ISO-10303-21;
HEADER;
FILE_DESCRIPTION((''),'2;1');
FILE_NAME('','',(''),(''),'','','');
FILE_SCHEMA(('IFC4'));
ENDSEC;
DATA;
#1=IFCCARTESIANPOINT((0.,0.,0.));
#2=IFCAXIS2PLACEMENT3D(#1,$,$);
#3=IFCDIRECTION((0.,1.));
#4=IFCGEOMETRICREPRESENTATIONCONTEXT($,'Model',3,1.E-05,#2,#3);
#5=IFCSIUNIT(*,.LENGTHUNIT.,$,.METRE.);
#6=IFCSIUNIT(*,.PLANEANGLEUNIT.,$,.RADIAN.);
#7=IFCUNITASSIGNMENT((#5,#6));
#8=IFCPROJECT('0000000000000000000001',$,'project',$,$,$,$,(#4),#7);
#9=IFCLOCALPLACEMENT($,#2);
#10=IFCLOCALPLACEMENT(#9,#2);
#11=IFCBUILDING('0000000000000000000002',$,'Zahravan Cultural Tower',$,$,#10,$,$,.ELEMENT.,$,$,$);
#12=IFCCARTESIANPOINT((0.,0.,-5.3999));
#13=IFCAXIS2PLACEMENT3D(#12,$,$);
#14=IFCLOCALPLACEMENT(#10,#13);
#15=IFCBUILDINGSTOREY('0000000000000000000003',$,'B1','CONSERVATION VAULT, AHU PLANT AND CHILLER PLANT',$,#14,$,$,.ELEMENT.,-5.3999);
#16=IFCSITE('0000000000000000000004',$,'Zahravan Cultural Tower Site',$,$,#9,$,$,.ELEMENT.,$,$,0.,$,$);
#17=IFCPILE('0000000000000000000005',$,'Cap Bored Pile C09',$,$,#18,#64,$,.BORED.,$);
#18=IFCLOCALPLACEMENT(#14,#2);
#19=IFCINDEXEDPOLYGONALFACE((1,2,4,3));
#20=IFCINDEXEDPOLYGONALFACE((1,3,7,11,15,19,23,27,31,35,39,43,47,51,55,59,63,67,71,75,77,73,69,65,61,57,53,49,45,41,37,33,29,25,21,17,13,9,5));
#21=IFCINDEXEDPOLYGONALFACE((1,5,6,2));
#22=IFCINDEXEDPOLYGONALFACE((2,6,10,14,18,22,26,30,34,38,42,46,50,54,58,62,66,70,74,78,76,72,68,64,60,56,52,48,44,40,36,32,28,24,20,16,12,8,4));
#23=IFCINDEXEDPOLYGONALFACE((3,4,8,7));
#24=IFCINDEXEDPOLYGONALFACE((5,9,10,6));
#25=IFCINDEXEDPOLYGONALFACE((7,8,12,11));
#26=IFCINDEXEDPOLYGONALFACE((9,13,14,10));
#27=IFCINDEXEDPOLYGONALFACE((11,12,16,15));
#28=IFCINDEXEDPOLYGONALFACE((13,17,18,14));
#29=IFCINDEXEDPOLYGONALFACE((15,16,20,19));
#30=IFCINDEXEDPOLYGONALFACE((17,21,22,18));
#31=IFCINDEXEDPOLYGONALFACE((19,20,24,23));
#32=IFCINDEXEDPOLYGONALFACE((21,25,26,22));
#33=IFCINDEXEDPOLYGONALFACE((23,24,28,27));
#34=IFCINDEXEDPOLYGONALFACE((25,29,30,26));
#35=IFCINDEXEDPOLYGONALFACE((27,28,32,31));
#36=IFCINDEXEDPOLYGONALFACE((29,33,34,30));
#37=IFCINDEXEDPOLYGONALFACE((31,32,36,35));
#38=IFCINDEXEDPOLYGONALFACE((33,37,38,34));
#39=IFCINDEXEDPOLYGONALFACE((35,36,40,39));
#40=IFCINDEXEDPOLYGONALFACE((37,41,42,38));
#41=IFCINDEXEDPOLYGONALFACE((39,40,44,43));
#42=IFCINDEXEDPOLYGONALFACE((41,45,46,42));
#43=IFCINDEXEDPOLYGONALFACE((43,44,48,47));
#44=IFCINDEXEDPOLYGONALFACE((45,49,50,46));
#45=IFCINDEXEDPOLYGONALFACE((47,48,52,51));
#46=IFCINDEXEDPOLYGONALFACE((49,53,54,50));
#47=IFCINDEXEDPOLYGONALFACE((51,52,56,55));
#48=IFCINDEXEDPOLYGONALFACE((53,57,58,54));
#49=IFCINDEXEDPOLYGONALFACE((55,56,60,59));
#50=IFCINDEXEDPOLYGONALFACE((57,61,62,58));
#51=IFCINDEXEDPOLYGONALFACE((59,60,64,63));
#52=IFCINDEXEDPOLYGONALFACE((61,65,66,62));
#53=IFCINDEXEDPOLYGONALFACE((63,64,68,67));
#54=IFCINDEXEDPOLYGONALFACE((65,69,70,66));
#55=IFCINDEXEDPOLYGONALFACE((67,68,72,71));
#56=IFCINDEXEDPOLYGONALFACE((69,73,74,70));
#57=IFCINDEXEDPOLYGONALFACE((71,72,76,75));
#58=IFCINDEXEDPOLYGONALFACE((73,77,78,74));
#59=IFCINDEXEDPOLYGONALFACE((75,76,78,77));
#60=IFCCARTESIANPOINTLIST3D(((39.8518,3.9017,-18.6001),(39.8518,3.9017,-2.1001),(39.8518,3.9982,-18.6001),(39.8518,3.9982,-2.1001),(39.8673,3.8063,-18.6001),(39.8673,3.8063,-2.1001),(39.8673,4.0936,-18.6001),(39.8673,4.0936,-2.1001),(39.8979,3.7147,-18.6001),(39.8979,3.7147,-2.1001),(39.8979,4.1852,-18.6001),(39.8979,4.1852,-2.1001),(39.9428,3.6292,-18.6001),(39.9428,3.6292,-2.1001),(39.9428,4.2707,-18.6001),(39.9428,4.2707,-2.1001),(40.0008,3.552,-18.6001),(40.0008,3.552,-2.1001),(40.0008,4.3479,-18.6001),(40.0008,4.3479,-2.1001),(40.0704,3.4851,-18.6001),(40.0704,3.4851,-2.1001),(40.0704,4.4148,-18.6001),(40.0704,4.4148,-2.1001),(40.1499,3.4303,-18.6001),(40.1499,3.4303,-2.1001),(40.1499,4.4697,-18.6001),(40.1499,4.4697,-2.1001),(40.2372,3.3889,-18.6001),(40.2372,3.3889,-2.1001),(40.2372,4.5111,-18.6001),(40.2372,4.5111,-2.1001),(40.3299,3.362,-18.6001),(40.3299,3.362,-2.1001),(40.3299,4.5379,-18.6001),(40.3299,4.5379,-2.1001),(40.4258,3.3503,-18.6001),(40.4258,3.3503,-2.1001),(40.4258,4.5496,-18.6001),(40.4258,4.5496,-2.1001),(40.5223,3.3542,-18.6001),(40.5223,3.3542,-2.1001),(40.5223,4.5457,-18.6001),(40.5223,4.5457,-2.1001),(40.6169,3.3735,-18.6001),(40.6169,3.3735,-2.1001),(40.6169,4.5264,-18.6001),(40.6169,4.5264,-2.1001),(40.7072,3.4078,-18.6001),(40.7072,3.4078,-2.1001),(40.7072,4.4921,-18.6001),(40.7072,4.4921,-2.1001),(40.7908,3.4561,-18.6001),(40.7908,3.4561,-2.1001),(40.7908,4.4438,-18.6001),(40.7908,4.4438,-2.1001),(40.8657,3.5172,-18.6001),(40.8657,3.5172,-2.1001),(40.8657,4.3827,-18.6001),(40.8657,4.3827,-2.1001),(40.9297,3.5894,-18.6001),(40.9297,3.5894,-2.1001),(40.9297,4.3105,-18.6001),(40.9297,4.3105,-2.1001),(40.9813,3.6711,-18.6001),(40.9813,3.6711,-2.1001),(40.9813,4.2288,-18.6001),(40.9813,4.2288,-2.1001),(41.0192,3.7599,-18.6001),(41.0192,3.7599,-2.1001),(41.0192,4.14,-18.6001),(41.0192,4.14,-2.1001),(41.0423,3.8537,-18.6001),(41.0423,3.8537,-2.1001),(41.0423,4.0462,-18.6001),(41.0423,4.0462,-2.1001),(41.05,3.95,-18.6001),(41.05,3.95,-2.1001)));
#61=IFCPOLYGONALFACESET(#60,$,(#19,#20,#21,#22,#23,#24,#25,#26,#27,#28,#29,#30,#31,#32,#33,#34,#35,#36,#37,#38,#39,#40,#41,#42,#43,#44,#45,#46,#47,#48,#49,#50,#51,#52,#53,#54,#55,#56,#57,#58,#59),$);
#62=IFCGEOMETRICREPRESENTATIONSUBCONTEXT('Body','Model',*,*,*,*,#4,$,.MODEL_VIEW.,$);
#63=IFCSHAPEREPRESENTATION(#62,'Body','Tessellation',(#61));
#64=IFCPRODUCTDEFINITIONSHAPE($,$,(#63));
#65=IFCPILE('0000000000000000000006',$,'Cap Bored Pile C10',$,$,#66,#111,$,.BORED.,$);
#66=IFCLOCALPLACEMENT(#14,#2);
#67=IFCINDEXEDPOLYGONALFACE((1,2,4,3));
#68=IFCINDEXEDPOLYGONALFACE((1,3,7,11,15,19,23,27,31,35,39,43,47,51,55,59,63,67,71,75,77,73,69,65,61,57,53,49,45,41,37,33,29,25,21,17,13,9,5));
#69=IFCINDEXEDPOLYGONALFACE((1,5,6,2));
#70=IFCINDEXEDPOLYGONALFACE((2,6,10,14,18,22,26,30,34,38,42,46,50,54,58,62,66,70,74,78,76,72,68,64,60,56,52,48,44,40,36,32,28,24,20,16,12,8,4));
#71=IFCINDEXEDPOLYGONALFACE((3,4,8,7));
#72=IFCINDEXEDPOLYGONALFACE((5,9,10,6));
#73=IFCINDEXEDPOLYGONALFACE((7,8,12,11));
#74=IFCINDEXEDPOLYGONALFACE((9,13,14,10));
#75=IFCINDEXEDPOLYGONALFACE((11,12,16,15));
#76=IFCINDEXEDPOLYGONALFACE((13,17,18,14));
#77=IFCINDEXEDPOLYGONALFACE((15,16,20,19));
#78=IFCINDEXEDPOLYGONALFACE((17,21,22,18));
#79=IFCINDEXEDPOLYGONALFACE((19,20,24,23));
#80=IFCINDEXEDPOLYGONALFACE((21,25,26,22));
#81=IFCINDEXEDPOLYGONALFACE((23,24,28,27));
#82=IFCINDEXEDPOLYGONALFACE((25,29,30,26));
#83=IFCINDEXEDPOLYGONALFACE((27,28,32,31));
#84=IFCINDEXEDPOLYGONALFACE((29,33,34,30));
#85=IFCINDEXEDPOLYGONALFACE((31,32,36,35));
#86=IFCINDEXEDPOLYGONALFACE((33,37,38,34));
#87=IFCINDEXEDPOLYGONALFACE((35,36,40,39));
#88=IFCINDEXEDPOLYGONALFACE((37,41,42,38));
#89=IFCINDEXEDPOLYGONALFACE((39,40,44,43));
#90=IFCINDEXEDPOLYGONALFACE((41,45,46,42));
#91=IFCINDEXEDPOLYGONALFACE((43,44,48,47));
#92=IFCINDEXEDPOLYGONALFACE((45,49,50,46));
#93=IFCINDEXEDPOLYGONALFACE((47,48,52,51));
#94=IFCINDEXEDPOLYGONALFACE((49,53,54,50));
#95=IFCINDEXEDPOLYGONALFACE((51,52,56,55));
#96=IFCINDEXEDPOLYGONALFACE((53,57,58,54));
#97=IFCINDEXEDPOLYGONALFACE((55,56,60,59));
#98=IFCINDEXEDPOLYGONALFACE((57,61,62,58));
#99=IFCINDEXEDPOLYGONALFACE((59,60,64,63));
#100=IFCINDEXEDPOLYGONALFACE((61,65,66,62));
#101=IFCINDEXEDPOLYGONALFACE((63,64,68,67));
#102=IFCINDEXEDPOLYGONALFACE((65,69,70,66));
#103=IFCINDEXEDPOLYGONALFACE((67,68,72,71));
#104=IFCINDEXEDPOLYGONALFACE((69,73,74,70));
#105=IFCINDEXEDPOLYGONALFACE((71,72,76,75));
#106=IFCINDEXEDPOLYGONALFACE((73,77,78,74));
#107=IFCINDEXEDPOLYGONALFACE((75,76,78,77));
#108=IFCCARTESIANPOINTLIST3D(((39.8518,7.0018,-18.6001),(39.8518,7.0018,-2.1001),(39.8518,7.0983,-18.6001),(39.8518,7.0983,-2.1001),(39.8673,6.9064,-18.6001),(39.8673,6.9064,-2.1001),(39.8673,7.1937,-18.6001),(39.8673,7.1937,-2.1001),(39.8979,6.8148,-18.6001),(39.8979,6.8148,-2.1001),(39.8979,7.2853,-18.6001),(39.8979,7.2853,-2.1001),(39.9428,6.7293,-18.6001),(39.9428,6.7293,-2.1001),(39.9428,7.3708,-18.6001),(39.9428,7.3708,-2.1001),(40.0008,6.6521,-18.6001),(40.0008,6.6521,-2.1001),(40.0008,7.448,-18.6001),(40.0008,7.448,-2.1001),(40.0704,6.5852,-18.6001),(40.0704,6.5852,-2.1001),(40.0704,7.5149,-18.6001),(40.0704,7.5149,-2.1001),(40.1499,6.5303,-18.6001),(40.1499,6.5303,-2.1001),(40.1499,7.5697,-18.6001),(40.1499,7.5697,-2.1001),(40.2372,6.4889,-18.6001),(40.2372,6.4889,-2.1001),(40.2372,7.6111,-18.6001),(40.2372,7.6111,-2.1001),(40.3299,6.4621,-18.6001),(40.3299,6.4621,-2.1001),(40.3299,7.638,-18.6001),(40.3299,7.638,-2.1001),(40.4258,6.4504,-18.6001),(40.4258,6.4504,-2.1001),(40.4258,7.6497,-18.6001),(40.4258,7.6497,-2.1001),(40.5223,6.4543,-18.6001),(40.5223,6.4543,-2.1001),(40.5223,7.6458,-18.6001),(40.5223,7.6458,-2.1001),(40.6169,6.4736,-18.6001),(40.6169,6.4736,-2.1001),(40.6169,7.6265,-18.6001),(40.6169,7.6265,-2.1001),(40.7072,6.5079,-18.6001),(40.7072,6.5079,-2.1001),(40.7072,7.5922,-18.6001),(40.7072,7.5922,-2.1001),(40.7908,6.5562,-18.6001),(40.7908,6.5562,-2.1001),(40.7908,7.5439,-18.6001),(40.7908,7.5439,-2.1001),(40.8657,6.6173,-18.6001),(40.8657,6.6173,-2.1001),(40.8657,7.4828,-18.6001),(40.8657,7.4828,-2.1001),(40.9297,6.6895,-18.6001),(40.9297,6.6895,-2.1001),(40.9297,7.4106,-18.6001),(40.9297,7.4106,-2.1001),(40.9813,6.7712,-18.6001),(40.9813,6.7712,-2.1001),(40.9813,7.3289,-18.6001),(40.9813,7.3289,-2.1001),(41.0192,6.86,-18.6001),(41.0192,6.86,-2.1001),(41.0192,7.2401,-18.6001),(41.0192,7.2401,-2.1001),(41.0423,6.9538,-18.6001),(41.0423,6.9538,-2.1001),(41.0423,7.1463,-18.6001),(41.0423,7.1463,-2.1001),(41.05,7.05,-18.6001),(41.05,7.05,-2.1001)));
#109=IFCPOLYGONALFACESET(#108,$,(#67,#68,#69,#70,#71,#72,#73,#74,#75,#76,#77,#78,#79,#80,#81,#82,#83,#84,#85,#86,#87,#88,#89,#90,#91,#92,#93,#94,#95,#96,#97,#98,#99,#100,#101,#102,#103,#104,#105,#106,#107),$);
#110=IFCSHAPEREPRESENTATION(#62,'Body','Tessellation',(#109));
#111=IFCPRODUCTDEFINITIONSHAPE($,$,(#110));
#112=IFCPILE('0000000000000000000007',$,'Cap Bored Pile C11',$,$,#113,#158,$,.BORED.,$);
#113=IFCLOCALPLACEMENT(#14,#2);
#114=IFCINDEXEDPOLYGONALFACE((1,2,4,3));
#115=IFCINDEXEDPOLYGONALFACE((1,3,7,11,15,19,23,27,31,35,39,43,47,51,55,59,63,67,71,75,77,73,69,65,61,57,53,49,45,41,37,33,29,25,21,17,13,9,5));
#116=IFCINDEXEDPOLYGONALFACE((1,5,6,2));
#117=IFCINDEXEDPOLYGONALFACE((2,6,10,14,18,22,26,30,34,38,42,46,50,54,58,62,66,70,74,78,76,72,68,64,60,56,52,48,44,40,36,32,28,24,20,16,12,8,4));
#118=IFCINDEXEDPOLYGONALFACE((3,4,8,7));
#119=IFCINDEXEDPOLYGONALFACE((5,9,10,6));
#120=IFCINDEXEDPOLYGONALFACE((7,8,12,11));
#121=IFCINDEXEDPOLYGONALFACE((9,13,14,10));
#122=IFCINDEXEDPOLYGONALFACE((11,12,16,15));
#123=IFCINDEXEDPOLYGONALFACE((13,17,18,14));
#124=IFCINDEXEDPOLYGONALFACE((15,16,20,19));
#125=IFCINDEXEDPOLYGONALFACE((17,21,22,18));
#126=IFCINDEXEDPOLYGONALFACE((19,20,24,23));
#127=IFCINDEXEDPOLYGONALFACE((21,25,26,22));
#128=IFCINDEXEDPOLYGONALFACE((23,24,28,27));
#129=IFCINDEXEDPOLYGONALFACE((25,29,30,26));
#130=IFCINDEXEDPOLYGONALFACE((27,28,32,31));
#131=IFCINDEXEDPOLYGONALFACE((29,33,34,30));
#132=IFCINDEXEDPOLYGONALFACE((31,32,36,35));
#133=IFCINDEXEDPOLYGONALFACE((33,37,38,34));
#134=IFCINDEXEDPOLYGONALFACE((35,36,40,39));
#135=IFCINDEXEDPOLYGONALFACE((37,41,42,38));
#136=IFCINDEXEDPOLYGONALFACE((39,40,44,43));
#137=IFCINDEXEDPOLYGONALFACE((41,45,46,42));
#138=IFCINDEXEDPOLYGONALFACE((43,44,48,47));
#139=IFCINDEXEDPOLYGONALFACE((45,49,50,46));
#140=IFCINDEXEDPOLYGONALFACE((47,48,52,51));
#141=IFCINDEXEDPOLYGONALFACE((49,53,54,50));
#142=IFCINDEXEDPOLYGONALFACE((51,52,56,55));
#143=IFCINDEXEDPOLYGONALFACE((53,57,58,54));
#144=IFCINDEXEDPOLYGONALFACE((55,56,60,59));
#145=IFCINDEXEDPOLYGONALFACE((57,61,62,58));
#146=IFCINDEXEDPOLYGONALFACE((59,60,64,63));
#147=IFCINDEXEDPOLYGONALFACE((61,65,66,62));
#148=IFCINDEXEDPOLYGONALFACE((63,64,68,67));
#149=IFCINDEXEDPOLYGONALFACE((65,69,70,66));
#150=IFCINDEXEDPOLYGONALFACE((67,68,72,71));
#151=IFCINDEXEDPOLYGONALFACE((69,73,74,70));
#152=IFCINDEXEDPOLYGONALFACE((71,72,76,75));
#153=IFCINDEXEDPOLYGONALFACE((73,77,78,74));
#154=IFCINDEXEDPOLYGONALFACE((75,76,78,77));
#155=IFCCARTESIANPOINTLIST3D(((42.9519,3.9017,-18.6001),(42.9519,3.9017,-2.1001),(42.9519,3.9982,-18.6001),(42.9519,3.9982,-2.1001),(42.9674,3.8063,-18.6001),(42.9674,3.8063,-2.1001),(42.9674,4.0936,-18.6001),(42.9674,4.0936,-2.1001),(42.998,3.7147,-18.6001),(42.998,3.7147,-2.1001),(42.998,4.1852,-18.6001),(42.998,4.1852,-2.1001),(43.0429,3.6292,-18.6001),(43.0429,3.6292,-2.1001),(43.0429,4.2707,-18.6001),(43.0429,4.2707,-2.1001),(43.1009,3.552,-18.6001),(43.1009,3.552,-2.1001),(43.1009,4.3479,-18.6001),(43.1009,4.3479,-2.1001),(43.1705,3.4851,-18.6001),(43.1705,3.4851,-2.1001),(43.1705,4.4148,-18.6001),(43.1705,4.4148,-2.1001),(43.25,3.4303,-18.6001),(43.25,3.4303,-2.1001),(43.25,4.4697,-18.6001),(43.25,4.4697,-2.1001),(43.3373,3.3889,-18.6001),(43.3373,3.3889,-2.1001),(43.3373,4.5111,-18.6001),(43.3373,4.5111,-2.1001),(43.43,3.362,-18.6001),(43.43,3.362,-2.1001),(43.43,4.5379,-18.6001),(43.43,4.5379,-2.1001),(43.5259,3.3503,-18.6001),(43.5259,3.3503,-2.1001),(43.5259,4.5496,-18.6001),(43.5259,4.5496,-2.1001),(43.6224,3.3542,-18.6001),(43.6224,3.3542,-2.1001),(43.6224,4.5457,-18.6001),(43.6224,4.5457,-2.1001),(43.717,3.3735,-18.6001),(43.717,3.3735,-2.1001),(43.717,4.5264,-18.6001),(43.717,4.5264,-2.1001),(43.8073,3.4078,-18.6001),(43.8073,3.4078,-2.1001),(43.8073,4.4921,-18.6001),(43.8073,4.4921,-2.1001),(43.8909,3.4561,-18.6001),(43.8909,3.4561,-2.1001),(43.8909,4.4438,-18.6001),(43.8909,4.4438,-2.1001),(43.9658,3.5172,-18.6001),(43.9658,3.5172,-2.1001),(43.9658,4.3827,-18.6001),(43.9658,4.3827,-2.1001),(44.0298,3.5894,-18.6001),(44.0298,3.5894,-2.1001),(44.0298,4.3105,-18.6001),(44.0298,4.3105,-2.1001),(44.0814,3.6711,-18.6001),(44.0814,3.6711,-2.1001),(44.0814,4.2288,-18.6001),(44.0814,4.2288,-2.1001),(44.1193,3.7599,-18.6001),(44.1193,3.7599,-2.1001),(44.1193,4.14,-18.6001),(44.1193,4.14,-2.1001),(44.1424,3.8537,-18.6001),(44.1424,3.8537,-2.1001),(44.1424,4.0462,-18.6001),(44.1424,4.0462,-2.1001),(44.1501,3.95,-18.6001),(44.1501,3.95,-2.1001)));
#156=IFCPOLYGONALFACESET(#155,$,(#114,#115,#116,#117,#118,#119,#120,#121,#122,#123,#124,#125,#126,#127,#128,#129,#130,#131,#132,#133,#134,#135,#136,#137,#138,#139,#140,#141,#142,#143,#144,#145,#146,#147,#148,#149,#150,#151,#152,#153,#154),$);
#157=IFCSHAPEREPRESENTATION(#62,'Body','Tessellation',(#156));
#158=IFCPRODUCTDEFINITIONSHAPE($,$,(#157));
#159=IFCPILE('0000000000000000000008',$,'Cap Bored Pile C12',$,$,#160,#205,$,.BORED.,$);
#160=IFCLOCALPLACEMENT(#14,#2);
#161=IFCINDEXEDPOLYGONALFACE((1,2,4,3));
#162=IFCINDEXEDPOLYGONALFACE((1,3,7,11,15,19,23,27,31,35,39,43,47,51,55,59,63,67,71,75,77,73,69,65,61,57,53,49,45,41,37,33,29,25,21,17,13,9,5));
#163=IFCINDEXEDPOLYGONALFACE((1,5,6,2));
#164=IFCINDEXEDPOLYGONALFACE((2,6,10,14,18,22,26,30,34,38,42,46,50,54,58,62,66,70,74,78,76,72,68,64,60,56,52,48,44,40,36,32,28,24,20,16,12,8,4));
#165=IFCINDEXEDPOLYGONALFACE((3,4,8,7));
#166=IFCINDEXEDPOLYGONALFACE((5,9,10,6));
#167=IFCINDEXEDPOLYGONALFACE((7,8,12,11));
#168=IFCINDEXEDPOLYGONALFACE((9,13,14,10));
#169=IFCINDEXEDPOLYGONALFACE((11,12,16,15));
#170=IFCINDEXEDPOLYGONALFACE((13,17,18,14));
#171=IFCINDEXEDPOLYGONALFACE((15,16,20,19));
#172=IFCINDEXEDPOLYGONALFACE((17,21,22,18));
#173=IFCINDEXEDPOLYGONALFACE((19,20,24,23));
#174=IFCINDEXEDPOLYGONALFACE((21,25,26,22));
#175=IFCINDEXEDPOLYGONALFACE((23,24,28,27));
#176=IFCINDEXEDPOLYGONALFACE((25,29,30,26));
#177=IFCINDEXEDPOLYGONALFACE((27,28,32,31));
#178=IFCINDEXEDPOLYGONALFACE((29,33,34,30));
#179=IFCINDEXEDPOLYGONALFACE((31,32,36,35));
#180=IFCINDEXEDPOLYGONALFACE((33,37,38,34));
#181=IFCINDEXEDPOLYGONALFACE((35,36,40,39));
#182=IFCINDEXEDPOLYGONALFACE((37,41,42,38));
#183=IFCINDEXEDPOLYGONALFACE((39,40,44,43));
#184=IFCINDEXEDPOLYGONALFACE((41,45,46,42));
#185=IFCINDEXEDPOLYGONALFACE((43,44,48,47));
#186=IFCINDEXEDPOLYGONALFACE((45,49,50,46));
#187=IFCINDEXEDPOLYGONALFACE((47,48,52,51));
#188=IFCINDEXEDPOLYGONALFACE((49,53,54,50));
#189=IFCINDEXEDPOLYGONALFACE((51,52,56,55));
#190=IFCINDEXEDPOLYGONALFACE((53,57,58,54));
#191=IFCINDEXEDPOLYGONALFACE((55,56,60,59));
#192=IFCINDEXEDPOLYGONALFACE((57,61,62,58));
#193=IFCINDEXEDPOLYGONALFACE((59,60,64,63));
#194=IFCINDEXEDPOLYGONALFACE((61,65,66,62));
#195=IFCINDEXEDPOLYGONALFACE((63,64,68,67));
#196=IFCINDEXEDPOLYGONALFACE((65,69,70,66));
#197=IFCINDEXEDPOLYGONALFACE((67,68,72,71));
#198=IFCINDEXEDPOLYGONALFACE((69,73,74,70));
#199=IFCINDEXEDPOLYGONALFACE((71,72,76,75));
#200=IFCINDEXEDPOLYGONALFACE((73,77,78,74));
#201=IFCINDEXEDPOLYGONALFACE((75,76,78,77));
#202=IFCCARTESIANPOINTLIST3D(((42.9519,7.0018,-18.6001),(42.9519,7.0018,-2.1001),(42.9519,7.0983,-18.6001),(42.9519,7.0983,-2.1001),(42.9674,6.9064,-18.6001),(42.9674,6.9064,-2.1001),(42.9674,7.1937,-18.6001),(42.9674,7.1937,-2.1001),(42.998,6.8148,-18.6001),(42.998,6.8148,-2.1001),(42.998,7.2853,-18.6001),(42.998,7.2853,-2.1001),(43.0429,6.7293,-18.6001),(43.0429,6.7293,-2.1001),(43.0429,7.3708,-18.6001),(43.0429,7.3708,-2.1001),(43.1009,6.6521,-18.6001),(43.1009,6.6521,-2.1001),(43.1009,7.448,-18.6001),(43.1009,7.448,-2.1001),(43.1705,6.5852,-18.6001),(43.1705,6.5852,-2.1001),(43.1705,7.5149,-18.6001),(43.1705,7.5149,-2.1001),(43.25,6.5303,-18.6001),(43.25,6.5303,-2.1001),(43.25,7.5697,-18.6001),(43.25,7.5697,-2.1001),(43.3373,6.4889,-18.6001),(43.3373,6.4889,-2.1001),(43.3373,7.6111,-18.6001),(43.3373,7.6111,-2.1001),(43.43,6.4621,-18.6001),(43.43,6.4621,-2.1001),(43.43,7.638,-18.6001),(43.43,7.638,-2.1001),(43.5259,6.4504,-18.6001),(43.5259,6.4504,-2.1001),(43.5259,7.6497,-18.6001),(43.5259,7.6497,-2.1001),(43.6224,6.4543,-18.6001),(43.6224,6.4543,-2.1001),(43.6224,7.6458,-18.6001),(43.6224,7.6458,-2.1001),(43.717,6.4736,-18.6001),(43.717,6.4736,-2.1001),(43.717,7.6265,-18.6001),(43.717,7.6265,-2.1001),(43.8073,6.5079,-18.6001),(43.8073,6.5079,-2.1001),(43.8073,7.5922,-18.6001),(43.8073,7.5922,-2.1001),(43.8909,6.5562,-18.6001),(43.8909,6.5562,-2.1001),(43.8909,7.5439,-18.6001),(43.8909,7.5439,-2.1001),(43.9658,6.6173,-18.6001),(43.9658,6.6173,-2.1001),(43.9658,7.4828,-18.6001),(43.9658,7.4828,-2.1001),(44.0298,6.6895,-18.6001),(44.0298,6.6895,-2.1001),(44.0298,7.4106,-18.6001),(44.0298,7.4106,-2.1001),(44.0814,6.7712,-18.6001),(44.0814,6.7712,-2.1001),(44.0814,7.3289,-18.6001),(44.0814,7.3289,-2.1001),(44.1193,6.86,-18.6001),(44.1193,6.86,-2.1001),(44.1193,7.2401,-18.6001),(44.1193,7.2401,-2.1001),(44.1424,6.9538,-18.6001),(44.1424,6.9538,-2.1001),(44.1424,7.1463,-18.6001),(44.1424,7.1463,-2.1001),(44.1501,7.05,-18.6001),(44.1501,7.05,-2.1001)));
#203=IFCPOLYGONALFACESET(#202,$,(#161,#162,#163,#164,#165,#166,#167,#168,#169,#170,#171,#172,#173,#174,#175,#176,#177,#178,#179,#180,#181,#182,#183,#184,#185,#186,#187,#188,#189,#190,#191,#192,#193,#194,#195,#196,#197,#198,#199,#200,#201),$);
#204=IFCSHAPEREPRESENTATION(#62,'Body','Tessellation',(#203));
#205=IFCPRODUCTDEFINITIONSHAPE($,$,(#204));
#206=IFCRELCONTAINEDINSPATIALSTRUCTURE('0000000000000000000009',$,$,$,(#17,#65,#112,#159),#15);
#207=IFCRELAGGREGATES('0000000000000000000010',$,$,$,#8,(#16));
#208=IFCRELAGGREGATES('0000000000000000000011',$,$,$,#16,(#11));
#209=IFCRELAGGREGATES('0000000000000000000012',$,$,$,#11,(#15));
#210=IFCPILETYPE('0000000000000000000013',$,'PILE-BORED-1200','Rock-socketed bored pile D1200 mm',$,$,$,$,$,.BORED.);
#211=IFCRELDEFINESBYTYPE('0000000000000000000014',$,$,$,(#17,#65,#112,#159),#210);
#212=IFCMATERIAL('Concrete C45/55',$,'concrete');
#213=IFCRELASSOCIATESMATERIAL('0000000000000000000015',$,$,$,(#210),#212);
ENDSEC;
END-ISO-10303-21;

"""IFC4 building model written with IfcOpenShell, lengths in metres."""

from ifc_helpers import new_model, si_unit, direction, frame, origin, origin_2d, place, context, subcontext, project, spatial, circle, extrude, material, material_profile, profile_set, type_object, element, save


model = new_model("IFC4")

# Units and contexts
model_context = context("Model", 3, precision=1e-05, world=origin(), true_north=direction((0.0, 1.0)))
body_context = subcontext(model_context, "Body", "Model", "MODEL_VIEW")
ifc_project = project(units=[si_unit("LENGTHUNIT", "METRE"), si_unit("PLANEANGLEUNIT", "RADIAN")], contexts=[model_context])

# Site, building, storey
site_placement = place(None, origin())
site = spatial("IfcSite", under=ifc_project, at=site_placement, Name="Zahravan Cultural Tower Site", CompositionType="ELEMENT", RefElevation=0.0)
building_placement = place(site_placement, origin())
building = spatial("IfcBuilding", under=site, at=building_placement, Name="Zahravan Cultural Tower", CompositionType="ELEMENT")
storey_placement = place(building_placement, frame((0.0, 0.0, -5.3999)))
storey = spatial("IfcBuildingStorey", under=building, at=storey_placement, Name="B1", Description="CONSERVATION VAULT, AHU PLANT AND CHILLER PLANT", CompositionType="ELEMENT", Elevation=-5.3999)

# Piles
ifc_material_1 = material(Name="Concrete C45/55", Category="concrete")
ifc_material_profile_1 = material_profile(ifc_material_1, circle(Radius=0.6001, at=origin_2d()), Name="PILE-D1200")
ifc_profile_set_1 = profile_set([ifc_material_profile_1], Name="Concrete C45/55")
pile_type_1 = type_object("IfcPileType", Name="PILE-BORED-1200", Description="Rock-socketed bored pile D1200 mm", PredefinedType="BORED", material=ifc_profile_set_1)
for number, where, z_axis, x_axis, name in (
    (1, (40.45, 3.95, -2.1001), (0.0, 0.0, -1.0), (1.0, 0.0, 0.0), "Cap Bored Pile C09"),
    (2, (40.45, 7.05, -2.1001), (0.0, 0.0, -1.0), (1.0, 0.0, 0.0), "Cap Bored Pile C10"),
    (3, (43.55, 3.95, -2.1001), (0.0, 0.0, -1.0), (1.0, 0.0, 0.0), "Cap Bored Pile C11"),
    (4, (43.55, 7.05, -2.1001), (0.0, 0.0, -1.0), (1.0, 0.0, 0.0), "Cap Bored Pile C12"),
):
    element("IfcPile", number, at=place(storey_placement, frame(where, z_axis=z_axis, x_axis=x_axis)), inside=storey, type_object=pile_type_1, Name=name, PredefinedType="BORED", context=body_context, shape_type="SweptSolid", body=[
        extrude(circle(Radius=0.6001, at=origin_2d()), origin(), (0.0, 0.0, 1.0), 16.5),
    ])

save(model, "model.ifc")
